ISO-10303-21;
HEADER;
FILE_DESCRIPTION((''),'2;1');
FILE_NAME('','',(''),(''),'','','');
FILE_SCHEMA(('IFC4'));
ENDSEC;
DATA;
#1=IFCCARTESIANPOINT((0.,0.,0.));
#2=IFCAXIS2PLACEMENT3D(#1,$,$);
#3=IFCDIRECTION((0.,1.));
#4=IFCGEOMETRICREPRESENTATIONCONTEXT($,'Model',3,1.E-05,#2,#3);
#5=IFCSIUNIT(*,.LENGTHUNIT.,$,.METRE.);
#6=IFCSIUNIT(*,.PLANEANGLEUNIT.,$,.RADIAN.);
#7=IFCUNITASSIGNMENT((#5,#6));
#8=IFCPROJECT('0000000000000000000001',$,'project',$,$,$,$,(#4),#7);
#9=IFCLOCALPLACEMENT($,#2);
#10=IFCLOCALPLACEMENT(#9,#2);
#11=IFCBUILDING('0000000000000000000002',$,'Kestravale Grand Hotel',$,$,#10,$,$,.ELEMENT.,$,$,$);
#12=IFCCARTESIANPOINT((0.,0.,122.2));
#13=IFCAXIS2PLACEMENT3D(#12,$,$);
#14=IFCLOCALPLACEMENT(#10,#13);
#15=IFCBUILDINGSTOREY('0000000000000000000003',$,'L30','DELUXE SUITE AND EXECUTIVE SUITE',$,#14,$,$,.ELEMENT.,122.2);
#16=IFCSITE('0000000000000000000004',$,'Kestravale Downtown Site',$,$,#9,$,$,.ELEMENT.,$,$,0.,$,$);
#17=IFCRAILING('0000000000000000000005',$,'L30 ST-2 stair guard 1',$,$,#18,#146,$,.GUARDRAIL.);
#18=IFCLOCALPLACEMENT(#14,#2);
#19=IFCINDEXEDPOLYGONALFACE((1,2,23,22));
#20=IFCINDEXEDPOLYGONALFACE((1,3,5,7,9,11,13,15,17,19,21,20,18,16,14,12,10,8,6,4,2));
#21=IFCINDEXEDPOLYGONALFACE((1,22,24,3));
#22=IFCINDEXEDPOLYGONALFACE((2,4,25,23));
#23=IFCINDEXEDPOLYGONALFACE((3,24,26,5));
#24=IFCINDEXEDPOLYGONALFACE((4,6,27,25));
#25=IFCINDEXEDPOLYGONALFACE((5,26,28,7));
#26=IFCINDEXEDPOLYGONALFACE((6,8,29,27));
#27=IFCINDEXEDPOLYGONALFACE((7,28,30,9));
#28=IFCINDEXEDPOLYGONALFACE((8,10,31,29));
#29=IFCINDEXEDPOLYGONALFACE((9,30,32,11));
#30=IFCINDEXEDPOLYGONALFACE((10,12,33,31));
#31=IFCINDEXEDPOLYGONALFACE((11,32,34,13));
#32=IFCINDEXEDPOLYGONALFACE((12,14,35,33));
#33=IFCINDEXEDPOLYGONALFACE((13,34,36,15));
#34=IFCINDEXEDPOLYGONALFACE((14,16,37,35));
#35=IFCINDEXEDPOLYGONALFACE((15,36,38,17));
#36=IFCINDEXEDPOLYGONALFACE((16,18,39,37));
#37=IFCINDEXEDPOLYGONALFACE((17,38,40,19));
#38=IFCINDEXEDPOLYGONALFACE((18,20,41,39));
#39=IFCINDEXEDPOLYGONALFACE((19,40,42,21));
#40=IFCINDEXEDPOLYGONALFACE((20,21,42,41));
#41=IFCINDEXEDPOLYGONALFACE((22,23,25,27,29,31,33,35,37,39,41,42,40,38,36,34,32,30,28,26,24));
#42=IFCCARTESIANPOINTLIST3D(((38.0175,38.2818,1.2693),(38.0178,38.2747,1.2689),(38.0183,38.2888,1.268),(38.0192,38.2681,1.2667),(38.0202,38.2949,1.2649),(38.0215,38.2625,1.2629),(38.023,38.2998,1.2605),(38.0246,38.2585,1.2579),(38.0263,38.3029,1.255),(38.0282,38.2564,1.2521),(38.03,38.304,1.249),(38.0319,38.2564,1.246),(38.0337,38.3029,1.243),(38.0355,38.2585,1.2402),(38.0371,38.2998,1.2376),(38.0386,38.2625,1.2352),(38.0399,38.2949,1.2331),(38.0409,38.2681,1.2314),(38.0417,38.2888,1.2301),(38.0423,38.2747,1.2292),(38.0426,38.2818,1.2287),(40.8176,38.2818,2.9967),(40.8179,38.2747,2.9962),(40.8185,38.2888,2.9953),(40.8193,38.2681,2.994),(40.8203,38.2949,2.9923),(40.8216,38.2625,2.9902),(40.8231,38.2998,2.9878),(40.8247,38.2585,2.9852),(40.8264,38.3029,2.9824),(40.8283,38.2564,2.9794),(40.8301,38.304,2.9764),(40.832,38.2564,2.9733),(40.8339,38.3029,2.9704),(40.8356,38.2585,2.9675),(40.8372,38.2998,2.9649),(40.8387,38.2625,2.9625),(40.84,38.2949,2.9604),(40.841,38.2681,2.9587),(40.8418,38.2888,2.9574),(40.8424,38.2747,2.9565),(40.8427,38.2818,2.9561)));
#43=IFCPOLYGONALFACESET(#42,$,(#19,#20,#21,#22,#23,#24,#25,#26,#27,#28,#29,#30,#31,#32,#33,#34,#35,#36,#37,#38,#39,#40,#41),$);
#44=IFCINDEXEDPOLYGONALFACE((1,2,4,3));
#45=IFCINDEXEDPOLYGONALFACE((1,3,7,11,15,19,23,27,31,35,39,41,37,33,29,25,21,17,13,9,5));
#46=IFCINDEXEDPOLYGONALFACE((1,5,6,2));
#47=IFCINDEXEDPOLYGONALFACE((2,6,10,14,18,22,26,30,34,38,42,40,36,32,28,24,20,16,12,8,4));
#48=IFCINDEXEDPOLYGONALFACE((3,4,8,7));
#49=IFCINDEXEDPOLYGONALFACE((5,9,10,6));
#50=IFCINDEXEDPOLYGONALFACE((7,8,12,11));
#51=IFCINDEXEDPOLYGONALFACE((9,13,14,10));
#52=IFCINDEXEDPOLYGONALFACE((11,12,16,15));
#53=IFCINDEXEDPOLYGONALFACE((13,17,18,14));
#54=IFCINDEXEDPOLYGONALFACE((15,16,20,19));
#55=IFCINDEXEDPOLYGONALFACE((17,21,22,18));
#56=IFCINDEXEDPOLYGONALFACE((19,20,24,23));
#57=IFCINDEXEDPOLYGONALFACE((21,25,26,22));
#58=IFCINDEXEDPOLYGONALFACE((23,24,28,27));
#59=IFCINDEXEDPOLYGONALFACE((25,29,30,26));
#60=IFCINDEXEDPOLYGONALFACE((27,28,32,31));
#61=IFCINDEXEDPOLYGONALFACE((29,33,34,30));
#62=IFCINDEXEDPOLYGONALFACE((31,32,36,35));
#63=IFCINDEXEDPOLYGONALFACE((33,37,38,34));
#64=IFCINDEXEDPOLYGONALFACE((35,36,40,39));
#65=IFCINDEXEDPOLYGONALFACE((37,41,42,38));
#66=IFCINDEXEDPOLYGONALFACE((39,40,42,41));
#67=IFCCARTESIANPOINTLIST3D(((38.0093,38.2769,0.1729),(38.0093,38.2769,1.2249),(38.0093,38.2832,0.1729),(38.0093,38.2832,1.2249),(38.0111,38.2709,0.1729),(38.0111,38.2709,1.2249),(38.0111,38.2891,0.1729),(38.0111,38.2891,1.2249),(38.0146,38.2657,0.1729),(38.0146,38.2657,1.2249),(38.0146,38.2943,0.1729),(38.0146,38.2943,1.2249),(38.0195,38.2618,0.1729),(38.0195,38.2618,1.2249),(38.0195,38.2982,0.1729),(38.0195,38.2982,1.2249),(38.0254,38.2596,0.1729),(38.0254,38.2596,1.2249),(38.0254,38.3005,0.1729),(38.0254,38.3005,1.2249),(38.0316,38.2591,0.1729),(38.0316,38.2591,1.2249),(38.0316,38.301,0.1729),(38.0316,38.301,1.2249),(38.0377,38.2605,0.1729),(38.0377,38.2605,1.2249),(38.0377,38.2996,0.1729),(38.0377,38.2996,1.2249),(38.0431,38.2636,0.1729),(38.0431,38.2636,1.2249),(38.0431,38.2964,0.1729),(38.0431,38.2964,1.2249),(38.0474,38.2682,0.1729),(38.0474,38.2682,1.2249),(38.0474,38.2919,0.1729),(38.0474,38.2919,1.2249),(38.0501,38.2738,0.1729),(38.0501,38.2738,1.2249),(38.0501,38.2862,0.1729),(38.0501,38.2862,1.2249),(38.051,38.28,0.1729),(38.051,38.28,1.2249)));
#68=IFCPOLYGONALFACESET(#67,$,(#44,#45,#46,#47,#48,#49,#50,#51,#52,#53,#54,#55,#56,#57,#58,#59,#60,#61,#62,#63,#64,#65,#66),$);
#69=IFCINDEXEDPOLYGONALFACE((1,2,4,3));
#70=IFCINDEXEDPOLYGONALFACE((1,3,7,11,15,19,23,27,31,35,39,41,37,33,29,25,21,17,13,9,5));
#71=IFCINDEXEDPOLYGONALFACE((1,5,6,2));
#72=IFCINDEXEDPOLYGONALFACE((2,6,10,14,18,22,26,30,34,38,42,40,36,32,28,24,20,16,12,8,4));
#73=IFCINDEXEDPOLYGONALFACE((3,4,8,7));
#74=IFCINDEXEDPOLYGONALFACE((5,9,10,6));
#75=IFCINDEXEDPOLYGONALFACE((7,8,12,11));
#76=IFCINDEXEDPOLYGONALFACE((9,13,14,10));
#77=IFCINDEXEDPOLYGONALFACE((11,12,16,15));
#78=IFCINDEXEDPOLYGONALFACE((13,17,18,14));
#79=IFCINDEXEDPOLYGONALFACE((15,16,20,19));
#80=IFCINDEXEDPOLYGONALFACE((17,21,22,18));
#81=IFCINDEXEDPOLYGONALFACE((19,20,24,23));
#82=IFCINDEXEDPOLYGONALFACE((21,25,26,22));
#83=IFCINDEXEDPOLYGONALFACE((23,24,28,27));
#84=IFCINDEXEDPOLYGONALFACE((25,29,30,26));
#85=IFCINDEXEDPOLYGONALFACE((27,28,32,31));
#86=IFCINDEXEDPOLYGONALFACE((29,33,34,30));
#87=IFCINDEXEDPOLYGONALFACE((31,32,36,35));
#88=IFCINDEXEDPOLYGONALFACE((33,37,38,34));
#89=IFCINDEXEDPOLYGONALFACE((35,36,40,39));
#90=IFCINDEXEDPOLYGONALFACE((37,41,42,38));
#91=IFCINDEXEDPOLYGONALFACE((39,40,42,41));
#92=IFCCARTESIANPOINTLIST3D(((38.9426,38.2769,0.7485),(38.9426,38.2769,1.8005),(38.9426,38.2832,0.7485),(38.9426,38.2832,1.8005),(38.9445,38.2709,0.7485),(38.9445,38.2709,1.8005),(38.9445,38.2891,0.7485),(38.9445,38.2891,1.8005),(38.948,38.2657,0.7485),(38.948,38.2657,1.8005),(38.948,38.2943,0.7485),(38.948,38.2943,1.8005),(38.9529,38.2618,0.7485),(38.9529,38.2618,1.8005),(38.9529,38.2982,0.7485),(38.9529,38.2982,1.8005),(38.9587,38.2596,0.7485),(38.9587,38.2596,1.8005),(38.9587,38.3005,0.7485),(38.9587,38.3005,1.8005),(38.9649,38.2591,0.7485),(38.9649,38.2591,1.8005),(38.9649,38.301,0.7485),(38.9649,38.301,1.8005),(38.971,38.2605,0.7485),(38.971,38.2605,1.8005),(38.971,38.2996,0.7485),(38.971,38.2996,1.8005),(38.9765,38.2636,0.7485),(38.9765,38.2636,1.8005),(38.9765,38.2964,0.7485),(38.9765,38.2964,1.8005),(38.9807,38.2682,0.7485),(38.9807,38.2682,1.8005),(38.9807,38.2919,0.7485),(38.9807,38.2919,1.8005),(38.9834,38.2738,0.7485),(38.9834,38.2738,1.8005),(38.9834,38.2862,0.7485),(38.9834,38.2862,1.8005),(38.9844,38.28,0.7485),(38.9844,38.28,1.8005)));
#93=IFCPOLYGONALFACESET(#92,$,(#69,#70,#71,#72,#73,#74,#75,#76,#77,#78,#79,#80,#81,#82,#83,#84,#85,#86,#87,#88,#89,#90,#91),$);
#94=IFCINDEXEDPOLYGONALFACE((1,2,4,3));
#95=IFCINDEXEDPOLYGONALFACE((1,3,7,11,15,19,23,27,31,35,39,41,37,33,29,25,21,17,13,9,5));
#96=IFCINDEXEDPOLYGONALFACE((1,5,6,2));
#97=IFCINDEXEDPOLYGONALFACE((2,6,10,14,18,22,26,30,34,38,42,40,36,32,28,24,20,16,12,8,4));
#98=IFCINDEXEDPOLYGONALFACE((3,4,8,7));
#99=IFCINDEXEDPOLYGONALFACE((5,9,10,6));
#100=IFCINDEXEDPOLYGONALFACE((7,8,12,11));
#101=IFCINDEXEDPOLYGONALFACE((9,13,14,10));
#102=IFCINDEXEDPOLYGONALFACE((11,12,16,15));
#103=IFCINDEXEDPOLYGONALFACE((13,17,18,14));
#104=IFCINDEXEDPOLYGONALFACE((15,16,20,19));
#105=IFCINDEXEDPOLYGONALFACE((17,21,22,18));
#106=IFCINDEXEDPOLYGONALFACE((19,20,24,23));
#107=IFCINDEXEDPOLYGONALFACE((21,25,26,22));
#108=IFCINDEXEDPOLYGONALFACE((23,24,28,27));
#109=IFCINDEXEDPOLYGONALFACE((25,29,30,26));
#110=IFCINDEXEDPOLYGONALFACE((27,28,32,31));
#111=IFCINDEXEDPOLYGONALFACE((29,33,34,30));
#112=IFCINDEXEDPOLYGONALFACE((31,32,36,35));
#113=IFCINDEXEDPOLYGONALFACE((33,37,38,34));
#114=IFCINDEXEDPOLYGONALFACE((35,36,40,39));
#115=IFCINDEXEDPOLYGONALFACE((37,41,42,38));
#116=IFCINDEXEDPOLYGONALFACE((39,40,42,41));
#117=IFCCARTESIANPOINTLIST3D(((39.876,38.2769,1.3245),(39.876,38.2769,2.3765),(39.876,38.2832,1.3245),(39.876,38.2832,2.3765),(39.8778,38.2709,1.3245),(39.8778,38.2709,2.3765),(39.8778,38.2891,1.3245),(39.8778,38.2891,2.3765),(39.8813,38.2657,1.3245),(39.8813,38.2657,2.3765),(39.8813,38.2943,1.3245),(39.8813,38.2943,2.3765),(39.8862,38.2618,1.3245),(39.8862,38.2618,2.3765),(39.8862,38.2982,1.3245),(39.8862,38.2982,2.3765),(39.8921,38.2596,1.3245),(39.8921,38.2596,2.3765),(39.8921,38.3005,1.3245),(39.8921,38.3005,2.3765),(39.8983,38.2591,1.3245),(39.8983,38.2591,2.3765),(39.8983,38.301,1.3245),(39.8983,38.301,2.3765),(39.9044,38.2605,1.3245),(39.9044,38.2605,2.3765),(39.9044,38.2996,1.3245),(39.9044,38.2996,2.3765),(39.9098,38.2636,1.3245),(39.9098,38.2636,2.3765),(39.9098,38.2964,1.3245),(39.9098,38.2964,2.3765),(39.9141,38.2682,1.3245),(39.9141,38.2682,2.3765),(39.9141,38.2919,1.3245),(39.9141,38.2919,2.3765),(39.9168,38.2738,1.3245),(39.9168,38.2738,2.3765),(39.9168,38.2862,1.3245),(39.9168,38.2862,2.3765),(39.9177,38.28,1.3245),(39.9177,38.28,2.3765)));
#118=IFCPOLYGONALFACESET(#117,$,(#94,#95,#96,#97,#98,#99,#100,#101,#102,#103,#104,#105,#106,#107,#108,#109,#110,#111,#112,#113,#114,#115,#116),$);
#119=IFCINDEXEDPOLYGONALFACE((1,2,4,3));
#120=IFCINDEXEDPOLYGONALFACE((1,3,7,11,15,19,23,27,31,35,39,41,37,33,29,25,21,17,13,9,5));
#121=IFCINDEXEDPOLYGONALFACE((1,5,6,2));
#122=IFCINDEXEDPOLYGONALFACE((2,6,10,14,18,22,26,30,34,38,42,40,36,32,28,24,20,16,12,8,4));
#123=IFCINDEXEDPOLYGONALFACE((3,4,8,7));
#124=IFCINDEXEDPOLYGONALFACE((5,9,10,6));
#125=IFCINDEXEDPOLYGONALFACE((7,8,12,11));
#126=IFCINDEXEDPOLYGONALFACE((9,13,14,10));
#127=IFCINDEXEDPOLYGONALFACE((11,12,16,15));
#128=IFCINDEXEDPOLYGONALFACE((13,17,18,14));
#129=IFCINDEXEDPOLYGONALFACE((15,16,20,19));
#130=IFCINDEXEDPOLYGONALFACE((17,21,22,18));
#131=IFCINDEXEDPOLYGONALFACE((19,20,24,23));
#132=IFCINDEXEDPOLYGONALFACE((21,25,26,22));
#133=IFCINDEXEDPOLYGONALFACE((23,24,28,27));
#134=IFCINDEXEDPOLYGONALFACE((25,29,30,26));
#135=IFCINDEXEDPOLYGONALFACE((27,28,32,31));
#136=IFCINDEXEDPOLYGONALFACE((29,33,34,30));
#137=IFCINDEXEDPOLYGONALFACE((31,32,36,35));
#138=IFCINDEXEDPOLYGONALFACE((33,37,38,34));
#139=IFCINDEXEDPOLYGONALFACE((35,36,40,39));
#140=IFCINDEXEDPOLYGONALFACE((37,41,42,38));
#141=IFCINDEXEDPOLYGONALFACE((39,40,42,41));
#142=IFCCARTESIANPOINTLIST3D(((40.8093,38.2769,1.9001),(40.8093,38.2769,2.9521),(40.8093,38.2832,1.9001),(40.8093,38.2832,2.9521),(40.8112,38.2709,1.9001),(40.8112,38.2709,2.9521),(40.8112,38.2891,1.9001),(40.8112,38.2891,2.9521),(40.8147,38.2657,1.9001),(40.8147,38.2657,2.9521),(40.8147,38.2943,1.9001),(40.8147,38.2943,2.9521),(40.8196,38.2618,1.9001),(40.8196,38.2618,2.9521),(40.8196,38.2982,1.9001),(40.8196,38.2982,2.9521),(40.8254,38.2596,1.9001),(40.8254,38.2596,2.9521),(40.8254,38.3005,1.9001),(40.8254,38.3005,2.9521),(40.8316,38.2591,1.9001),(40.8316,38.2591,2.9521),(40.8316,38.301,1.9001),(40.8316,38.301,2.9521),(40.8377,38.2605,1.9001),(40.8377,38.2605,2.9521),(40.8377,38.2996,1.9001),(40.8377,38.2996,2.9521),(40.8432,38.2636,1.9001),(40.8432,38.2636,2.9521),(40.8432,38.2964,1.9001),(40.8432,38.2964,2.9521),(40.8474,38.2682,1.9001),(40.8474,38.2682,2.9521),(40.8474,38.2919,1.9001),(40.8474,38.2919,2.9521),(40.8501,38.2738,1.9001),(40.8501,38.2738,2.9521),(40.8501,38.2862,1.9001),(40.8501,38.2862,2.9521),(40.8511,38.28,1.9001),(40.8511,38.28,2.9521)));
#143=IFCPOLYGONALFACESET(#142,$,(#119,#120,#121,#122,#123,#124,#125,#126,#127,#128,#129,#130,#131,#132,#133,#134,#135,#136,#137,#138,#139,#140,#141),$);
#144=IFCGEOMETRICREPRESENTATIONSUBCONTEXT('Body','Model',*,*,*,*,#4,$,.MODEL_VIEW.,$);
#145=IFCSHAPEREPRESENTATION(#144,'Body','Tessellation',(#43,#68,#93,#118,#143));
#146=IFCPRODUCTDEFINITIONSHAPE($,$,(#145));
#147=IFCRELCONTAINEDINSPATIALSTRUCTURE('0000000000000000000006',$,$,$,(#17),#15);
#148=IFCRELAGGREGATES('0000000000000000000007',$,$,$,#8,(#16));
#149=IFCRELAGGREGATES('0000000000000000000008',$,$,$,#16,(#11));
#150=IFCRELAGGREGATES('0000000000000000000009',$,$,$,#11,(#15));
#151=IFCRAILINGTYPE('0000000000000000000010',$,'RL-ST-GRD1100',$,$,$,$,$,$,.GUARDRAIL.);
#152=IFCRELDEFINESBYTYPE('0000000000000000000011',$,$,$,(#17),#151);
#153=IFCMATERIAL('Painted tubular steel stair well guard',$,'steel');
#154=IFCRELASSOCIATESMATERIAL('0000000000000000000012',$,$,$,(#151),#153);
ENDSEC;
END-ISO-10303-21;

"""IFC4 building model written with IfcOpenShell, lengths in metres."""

from ifc_helpers import new_model, si_unit, direction, frame, origin, origin_2d, place, context, subcontext, project, spatial, circle, extrude, material, type_object, element, save


model = new_model("IFC4")

# Units and contexts
model_context = context("Model", 3, precision=1e-05, world=origin(), true_north=direction((0.0, 1.0)))
body_context = subcontext(model_context, "Body", "Model", "MODEL_VIEW")
ifc_project = project(units=[si_unit("LENGTHUNIT", "METRE"), si_unit("PLANEANGLEUNIT", "RADIAN")], contexts=[model_context])

# Site, building, storey
site_placement = place(None, origin())
site = spatial("IfcSite", under=ifc_project, at=site_placement, Name="Kestravale Downtown Site", CompositionType="ELEMENT", RefElevation=0.0)
building_placement = place(site_placement, origin())
building = spatial("IfcBuilding", under=site, at=building_placement, Name="Kestravale Grand Hotel", CompositionType="ELEMENT")
storey_placement = place(building_placement, frame((0.0, 0.0, 122.2)))
storey = spatial("IfcBuildingStorey", under=building, at=storey_placement, Name="L30", Description="DELUXE SUITE AND EXECUTIVE SUITE", CompositionType="ELEMENT", Elevation=122.2)

# Railing
ifc_material_1 = material(Name="Painted tubular steel stair well guard", Category="steel")
railing_type_1 = type_object("IfcRailingType", Name="RL-ST-GRD1100", PredefinedType="GUARDRAIL", material=ifc_material_1)
railing_1_placement = place(storey_placement, frame((38.03, 38.28, 0.1729)))
element("IfcRailing", 1, at=railing_1_placement, inside=storey, type_object=railing_type_1, Name="L30 ST-2 stair guard 1", PredefinedType="GUARDRAIL", context=body_context, shape_type="SweptSolid", body=[
    extrude(circle(Radius=0.0239, at=origin_2d()), frame((0.0, 0.0, 1.0762), z_axis=(0.85109, 0.0, 0.52502), x_axis=(0.0, 1.0, 0.0)), (0.0, 0.0, 1.0), 3.29),
    extrude(circle(Radius=0.021, at=origin_2d()), origin(), (0.0, 0.0, 1.0), 1.052),
    extrude(circle(Radius=0.021, at=origin_2d()), frame((0.9333, 0.0, 0.5757)), (0.0, 0.0, 1.0), 1.052),
    extrude(circle(Radius=0.021, at=origin_2d()), frame((1.8667, 0.0, 1.1516)), (0.0, 0.0, 1.0), 1.052),
    extrude(circle(Radius=0.021, at=origin_2d()), frame((2.8, 0.0, 1.7273)), (0.0, 0.0, 1.0), 1.052),
])

save(model, "model.ifc")
